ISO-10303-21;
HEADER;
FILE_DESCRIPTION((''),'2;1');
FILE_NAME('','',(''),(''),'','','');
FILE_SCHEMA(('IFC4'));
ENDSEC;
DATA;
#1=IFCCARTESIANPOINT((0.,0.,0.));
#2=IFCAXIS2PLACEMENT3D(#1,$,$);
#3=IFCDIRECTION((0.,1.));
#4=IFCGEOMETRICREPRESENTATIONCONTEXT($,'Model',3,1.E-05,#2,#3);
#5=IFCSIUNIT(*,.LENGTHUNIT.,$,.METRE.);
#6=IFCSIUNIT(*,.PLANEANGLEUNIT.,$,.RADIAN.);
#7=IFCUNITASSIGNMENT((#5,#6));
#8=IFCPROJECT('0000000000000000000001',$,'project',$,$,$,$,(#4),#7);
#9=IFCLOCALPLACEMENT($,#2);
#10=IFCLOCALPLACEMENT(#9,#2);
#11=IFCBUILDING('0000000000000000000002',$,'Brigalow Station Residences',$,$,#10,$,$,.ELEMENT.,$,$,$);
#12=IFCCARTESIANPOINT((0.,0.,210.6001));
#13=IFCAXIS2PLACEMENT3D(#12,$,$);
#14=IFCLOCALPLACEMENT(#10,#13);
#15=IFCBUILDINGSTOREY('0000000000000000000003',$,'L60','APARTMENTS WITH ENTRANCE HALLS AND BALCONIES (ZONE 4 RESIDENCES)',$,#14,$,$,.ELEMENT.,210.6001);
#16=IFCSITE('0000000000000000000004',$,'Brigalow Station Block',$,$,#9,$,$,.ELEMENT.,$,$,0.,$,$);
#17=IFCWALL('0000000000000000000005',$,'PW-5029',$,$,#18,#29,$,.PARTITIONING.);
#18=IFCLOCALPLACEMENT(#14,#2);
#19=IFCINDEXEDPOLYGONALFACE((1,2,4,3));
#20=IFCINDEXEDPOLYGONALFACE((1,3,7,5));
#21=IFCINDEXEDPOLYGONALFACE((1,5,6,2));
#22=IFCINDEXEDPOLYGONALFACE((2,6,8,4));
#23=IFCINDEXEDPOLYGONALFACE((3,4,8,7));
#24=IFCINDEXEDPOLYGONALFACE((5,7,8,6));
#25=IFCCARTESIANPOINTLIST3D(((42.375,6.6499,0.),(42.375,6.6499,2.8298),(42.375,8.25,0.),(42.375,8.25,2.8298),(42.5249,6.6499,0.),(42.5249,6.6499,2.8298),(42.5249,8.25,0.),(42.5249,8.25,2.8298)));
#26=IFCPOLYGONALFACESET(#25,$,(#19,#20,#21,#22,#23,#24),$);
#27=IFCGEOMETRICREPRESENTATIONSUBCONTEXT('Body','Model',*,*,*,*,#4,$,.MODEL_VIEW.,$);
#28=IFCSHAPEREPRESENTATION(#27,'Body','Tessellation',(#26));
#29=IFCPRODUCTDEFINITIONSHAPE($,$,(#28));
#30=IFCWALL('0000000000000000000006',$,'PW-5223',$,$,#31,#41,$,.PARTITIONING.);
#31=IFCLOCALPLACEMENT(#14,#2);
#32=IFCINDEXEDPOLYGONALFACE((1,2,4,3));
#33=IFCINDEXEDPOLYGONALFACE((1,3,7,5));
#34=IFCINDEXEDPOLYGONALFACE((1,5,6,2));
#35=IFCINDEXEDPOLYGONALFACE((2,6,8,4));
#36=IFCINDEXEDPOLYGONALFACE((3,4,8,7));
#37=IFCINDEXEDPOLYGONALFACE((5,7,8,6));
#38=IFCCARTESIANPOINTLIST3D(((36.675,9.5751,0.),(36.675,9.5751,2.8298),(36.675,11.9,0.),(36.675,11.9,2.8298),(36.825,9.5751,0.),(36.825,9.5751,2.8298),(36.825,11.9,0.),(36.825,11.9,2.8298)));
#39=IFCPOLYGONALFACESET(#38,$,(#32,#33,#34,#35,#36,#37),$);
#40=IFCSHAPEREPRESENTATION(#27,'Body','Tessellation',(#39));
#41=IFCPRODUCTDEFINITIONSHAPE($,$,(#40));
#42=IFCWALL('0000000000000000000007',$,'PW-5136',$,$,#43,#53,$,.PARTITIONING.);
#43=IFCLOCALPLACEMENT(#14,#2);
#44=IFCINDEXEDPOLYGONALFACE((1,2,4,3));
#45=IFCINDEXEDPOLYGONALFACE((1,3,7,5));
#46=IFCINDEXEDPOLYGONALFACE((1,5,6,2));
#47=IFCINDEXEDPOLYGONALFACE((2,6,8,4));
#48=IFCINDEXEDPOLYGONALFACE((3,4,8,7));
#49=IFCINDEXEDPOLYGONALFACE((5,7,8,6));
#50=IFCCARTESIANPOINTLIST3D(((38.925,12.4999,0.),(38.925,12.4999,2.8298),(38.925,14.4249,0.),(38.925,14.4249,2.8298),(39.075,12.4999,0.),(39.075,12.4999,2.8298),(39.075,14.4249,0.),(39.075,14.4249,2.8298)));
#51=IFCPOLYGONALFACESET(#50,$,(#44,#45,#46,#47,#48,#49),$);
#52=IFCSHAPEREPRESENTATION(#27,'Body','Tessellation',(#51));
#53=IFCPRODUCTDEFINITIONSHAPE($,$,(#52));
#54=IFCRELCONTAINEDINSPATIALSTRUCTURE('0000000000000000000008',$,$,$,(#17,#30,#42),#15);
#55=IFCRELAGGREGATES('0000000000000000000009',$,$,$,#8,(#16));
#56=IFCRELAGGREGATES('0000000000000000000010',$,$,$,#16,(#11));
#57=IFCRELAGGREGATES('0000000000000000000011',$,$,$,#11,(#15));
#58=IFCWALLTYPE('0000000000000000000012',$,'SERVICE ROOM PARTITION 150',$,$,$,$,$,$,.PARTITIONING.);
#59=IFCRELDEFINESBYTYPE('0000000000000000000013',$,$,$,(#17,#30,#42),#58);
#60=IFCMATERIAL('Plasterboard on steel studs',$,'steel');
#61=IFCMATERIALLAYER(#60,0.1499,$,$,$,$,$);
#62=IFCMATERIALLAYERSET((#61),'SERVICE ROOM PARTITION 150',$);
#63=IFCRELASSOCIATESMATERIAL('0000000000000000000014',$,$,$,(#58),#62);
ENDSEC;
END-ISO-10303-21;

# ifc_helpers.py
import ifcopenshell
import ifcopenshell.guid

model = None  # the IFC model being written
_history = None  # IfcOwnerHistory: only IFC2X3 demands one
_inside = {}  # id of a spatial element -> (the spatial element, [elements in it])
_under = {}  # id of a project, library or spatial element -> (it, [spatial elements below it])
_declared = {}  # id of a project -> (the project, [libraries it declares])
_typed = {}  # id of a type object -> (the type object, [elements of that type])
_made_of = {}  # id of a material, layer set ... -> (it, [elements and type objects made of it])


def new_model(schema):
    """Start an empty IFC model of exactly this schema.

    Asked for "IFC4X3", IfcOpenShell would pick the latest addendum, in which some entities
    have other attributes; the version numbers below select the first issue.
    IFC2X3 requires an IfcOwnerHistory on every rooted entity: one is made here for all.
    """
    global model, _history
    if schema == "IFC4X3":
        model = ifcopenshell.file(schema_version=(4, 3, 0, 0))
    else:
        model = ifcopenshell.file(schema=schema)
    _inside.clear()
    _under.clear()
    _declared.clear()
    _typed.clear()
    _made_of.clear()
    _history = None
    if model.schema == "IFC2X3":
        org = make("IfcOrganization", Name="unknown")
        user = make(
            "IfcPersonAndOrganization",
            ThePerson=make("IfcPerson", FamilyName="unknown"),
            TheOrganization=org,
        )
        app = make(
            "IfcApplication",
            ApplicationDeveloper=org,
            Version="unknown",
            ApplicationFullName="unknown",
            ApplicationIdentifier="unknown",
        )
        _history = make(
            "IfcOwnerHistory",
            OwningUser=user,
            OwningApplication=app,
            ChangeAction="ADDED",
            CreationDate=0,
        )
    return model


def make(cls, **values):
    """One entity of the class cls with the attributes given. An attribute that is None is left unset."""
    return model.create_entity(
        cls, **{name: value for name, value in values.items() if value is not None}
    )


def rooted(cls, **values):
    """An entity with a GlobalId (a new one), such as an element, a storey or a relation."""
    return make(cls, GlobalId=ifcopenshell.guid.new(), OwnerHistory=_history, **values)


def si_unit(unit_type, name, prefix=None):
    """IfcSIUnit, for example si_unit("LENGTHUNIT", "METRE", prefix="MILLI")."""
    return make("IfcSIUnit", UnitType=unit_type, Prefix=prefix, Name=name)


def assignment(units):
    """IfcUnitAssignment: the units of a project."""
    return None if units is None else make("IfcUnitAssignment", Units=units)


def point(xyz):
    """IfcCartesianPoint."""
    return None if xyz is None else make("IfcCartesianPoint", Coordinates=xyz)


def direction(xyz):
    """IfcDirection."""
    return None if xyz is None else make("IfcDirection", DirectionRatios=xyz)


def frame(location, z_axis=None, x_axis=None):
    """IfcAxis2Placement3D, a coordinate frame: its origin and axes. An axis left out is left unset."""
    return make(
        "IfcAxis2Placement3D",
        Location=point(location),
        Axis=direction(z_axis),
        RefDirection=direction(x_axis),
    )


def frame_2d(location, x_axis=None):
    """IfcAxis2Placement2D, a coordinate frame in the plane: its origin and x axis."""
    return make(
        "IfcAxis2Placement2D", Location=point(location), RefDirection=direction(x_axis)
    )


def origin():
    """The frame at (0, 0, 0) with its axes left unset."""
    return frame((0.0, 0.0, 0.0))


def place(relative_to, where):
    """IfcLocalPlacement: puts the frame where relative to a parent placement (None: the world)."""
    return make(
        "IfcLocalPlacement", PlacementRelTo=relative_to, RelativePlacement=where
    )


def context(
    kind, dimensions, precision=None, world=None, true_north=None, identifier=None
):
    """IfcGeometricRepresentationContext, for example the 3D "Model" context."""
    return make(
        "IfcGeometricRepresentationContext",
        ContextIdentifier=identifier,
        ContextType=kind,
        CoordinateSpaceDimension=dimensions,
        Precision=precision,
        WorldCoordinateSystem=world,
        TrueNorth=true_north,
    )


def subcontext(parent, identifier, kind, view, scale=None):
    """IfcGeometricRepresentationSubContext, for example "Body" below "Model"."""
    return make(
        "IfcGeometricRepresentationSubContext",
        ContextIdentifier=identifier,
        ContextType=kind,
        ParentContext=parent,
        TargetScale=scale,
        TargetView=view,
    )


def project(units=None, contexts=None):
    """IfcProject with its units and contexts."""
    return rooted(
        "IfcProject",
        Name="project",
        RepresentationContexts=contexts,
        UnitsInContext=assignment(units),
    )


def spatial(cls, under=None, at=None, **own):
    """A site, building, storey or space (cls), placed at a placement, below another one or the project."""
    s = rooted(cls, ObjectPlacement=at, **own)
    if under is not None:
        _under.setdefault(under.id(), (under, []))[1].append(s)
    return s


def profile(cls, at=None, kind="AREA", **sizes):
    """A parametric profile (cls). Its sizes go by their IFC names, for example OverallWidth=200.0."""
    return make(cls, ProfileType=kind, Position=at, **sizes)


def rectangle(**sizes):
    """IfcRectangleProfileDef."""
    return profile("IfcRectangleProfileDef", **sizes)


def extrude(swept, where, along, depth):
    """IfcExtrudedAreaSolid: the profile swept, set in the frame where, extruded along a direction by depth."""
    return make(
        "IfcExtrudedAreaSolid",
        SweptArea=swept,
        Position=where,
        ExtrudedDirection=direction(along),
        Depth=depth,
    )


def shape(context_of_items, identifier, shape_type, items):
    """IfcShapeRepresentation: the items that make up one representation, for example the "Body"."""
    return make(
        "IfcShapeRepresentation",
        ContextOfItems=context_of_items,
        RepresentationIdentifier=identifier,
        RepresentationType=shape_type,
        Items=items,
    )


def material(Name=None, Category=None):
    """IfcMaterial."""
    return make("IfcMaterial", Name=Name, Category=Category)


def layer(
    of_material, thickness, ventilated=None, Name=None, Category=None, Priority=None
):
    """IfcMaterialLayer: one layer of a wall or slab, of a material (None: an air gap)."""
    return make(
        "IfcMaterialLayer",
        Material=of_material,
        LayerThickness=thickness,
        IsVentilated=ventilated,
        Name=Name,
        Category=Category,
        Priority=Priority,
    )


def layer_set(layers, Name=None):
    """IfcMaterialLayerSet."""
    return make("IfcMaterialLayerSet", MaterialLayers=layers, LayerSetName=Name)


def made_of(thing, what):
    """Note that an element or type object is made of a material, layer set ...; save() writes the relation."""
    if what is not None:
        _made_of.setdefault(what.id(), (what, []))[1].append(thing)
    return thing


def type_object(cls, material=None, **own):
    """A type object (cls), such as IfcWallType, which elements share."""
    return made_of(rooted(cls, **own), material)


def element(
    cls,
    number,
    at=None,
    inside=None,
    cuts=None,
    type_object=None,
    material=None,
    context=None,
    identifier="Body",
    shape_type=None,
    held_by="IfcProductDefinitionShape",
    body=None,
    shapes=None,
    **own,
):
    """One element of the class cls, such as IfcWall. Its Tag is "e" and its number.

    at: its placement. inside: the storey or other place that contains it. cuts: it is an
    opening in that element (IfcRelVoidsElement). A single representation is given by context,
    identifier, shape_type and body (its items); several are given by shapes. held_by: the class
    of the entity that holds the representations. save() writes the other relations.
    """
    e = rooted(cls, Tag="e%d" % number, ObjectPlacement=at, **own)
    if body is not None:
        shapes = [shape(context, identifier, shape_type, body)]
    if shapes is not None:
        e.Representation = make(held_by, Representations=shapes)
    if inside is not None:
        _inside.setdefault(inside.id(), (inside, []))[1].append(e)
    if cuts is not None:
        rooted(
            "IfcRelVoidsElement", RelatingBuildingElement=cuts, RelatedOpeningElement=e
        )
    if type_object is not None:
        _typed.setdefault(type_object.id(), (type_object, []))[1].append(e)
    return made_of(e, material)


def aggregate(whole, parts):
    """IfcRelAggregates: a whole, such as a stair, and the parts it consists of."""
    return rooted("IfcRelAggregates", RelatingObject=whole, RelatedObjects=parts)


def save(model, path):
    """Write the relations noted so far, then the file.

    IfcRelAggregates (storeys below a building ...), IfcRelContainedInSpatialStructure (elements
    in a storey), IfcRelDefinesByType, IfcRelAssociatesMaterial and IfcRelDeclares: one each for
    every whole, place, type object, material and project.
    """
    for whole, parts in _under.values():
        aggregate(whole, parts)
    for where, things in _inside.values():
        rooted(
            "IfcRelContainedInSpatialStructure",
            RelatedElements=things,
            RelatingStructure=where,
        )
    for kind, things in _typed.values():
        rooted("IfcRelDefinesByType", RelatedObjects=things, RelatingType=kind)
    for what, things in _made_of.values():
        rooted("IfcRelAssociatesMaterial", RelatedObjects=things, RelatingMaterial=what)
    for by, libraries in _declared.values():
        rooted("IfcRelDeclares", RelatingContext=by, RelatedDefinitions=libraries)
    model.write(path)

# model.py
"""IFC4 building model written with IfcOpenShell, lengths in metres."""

from ifc_helpers import new_model, si_unit, direction, frame, frame_2d, origin, place, context, subcontext, project, spatial, rectangle, extrude, material, layer, layer_set, type_object, element, save


model = new_model("IFC4")

# Units and contexts
model_context = context("Model", 3, precision=1e-05, world=origin(), true_north=direction((0.0, 1.0)))
body_context = subcontext(model_context, "Body", "Model", "MODEL_VIEW")
ifc_project = project(units=[si_unit("LENGTHUNIT", "METRE"), si_unit("PLANEANGLEUNIT", "RADIAN")], contexts=[model_context])

# Site, building, storey
site_placement = place(None, origin())
site = spatial("IfcSite", under=ifc_project, at=site_placement, Name="Brigalow Station Block", CompositionType="ELEMENT", RefElevation=0.0)
building_placement = place(site_placement, origin())
building = spatial("IfcBuilding", under=site, at=building_placement, Name="Brigalow Station Residences", CompositionType="ELEMENT")
storey_placement = place(building_placement, frame((0.0, 0.0, 210.6001)))
storey = spatial("IfcBuildingStorey", under=building, at=storey_placement, Name="L60", Description="APARTMENTS WITH ENTRANCE HALLS AND BALCONIES (ZONE 4 RESIDENCES)", CompositionType="ELEMENT", Elevation=210.6001)

# Shared definitions
ifc_material_1 = material(Name="Plasterboard on steel studs", Category="steel")
ifc_layer_1 = layer(ifc_material_1, 0.1499)
ifc_layer_set_1 = layer_set([ifc_layer_1], Name="SERVICE ROOM PARTITION 150")
wall_type_1 = type_object("IfcWallType", Name="SERVICE ROOM PARTITION 150", PredefinedType="PARTITIONING", material=ifc_layer_set_1)

# Walls
wall_1_placement = place(storey_placement, frame((42.45, 6.6499, 0.0), z_axis=(0.0, 0.0, 1.0), x_axis=(0.0, 1.0, 0.0)))
element("IfcWall", 1, at=wall_1_placement, inside=storey, type_object=wall_type_1, Name="PW-5029", PredefinedType="PARTITIONING", context=body_context, shape_type="SweptSolid", body=[
    extrude(rectangle(XDim=1.6001, YDim=0.1499, at=frame_2d((0.8, 0.0))), origin(), (0.0, 0.0, 1.0), 2.8298),
])
wall_2_placement = place(storey_placement, frame((36.75, 9.575, 0.0), z_axis=(0.0, 0.0, 1.0), x_axis=(0.0, 1.0, 0.0)))
element("IfcWall", 2, at=wall_2_placement, inside=storey, type_object=wall_type_1, Name="PW-5223", PredefinedType="PARTITIONING", context=body_context, shape_type="SweptSolid", body=[
    extrude(rectangle(XDim=2.325, YDim=0.1499, at=frame_2d((1.1626, 0.0))), origin(), (0.0, 0.0, 1.0), 2.8298),
])
wall_3_placement = place(storey_placement, frame((39.0, 12.5, 0.0), z_axis=(0.0, 0.0, 1.0), x_axis=(0.0, 1.0, 0.0)))
element("IfcWall", 3, at=wall_3_placement, inside=storey, type_object=wall_type_1, Name="PW-5136", PredefinedType="PARTITIONING", context=body_context, shape_type="SweptSolid", body=[
    extrude(rectangle(XDim=1.925, YDim=0.1499, at=frame_2d((0.9624, 0.0))), origin(), (0.0, 0.0, 1.0), 2.8298),
])

save(model, "model.ifc")
